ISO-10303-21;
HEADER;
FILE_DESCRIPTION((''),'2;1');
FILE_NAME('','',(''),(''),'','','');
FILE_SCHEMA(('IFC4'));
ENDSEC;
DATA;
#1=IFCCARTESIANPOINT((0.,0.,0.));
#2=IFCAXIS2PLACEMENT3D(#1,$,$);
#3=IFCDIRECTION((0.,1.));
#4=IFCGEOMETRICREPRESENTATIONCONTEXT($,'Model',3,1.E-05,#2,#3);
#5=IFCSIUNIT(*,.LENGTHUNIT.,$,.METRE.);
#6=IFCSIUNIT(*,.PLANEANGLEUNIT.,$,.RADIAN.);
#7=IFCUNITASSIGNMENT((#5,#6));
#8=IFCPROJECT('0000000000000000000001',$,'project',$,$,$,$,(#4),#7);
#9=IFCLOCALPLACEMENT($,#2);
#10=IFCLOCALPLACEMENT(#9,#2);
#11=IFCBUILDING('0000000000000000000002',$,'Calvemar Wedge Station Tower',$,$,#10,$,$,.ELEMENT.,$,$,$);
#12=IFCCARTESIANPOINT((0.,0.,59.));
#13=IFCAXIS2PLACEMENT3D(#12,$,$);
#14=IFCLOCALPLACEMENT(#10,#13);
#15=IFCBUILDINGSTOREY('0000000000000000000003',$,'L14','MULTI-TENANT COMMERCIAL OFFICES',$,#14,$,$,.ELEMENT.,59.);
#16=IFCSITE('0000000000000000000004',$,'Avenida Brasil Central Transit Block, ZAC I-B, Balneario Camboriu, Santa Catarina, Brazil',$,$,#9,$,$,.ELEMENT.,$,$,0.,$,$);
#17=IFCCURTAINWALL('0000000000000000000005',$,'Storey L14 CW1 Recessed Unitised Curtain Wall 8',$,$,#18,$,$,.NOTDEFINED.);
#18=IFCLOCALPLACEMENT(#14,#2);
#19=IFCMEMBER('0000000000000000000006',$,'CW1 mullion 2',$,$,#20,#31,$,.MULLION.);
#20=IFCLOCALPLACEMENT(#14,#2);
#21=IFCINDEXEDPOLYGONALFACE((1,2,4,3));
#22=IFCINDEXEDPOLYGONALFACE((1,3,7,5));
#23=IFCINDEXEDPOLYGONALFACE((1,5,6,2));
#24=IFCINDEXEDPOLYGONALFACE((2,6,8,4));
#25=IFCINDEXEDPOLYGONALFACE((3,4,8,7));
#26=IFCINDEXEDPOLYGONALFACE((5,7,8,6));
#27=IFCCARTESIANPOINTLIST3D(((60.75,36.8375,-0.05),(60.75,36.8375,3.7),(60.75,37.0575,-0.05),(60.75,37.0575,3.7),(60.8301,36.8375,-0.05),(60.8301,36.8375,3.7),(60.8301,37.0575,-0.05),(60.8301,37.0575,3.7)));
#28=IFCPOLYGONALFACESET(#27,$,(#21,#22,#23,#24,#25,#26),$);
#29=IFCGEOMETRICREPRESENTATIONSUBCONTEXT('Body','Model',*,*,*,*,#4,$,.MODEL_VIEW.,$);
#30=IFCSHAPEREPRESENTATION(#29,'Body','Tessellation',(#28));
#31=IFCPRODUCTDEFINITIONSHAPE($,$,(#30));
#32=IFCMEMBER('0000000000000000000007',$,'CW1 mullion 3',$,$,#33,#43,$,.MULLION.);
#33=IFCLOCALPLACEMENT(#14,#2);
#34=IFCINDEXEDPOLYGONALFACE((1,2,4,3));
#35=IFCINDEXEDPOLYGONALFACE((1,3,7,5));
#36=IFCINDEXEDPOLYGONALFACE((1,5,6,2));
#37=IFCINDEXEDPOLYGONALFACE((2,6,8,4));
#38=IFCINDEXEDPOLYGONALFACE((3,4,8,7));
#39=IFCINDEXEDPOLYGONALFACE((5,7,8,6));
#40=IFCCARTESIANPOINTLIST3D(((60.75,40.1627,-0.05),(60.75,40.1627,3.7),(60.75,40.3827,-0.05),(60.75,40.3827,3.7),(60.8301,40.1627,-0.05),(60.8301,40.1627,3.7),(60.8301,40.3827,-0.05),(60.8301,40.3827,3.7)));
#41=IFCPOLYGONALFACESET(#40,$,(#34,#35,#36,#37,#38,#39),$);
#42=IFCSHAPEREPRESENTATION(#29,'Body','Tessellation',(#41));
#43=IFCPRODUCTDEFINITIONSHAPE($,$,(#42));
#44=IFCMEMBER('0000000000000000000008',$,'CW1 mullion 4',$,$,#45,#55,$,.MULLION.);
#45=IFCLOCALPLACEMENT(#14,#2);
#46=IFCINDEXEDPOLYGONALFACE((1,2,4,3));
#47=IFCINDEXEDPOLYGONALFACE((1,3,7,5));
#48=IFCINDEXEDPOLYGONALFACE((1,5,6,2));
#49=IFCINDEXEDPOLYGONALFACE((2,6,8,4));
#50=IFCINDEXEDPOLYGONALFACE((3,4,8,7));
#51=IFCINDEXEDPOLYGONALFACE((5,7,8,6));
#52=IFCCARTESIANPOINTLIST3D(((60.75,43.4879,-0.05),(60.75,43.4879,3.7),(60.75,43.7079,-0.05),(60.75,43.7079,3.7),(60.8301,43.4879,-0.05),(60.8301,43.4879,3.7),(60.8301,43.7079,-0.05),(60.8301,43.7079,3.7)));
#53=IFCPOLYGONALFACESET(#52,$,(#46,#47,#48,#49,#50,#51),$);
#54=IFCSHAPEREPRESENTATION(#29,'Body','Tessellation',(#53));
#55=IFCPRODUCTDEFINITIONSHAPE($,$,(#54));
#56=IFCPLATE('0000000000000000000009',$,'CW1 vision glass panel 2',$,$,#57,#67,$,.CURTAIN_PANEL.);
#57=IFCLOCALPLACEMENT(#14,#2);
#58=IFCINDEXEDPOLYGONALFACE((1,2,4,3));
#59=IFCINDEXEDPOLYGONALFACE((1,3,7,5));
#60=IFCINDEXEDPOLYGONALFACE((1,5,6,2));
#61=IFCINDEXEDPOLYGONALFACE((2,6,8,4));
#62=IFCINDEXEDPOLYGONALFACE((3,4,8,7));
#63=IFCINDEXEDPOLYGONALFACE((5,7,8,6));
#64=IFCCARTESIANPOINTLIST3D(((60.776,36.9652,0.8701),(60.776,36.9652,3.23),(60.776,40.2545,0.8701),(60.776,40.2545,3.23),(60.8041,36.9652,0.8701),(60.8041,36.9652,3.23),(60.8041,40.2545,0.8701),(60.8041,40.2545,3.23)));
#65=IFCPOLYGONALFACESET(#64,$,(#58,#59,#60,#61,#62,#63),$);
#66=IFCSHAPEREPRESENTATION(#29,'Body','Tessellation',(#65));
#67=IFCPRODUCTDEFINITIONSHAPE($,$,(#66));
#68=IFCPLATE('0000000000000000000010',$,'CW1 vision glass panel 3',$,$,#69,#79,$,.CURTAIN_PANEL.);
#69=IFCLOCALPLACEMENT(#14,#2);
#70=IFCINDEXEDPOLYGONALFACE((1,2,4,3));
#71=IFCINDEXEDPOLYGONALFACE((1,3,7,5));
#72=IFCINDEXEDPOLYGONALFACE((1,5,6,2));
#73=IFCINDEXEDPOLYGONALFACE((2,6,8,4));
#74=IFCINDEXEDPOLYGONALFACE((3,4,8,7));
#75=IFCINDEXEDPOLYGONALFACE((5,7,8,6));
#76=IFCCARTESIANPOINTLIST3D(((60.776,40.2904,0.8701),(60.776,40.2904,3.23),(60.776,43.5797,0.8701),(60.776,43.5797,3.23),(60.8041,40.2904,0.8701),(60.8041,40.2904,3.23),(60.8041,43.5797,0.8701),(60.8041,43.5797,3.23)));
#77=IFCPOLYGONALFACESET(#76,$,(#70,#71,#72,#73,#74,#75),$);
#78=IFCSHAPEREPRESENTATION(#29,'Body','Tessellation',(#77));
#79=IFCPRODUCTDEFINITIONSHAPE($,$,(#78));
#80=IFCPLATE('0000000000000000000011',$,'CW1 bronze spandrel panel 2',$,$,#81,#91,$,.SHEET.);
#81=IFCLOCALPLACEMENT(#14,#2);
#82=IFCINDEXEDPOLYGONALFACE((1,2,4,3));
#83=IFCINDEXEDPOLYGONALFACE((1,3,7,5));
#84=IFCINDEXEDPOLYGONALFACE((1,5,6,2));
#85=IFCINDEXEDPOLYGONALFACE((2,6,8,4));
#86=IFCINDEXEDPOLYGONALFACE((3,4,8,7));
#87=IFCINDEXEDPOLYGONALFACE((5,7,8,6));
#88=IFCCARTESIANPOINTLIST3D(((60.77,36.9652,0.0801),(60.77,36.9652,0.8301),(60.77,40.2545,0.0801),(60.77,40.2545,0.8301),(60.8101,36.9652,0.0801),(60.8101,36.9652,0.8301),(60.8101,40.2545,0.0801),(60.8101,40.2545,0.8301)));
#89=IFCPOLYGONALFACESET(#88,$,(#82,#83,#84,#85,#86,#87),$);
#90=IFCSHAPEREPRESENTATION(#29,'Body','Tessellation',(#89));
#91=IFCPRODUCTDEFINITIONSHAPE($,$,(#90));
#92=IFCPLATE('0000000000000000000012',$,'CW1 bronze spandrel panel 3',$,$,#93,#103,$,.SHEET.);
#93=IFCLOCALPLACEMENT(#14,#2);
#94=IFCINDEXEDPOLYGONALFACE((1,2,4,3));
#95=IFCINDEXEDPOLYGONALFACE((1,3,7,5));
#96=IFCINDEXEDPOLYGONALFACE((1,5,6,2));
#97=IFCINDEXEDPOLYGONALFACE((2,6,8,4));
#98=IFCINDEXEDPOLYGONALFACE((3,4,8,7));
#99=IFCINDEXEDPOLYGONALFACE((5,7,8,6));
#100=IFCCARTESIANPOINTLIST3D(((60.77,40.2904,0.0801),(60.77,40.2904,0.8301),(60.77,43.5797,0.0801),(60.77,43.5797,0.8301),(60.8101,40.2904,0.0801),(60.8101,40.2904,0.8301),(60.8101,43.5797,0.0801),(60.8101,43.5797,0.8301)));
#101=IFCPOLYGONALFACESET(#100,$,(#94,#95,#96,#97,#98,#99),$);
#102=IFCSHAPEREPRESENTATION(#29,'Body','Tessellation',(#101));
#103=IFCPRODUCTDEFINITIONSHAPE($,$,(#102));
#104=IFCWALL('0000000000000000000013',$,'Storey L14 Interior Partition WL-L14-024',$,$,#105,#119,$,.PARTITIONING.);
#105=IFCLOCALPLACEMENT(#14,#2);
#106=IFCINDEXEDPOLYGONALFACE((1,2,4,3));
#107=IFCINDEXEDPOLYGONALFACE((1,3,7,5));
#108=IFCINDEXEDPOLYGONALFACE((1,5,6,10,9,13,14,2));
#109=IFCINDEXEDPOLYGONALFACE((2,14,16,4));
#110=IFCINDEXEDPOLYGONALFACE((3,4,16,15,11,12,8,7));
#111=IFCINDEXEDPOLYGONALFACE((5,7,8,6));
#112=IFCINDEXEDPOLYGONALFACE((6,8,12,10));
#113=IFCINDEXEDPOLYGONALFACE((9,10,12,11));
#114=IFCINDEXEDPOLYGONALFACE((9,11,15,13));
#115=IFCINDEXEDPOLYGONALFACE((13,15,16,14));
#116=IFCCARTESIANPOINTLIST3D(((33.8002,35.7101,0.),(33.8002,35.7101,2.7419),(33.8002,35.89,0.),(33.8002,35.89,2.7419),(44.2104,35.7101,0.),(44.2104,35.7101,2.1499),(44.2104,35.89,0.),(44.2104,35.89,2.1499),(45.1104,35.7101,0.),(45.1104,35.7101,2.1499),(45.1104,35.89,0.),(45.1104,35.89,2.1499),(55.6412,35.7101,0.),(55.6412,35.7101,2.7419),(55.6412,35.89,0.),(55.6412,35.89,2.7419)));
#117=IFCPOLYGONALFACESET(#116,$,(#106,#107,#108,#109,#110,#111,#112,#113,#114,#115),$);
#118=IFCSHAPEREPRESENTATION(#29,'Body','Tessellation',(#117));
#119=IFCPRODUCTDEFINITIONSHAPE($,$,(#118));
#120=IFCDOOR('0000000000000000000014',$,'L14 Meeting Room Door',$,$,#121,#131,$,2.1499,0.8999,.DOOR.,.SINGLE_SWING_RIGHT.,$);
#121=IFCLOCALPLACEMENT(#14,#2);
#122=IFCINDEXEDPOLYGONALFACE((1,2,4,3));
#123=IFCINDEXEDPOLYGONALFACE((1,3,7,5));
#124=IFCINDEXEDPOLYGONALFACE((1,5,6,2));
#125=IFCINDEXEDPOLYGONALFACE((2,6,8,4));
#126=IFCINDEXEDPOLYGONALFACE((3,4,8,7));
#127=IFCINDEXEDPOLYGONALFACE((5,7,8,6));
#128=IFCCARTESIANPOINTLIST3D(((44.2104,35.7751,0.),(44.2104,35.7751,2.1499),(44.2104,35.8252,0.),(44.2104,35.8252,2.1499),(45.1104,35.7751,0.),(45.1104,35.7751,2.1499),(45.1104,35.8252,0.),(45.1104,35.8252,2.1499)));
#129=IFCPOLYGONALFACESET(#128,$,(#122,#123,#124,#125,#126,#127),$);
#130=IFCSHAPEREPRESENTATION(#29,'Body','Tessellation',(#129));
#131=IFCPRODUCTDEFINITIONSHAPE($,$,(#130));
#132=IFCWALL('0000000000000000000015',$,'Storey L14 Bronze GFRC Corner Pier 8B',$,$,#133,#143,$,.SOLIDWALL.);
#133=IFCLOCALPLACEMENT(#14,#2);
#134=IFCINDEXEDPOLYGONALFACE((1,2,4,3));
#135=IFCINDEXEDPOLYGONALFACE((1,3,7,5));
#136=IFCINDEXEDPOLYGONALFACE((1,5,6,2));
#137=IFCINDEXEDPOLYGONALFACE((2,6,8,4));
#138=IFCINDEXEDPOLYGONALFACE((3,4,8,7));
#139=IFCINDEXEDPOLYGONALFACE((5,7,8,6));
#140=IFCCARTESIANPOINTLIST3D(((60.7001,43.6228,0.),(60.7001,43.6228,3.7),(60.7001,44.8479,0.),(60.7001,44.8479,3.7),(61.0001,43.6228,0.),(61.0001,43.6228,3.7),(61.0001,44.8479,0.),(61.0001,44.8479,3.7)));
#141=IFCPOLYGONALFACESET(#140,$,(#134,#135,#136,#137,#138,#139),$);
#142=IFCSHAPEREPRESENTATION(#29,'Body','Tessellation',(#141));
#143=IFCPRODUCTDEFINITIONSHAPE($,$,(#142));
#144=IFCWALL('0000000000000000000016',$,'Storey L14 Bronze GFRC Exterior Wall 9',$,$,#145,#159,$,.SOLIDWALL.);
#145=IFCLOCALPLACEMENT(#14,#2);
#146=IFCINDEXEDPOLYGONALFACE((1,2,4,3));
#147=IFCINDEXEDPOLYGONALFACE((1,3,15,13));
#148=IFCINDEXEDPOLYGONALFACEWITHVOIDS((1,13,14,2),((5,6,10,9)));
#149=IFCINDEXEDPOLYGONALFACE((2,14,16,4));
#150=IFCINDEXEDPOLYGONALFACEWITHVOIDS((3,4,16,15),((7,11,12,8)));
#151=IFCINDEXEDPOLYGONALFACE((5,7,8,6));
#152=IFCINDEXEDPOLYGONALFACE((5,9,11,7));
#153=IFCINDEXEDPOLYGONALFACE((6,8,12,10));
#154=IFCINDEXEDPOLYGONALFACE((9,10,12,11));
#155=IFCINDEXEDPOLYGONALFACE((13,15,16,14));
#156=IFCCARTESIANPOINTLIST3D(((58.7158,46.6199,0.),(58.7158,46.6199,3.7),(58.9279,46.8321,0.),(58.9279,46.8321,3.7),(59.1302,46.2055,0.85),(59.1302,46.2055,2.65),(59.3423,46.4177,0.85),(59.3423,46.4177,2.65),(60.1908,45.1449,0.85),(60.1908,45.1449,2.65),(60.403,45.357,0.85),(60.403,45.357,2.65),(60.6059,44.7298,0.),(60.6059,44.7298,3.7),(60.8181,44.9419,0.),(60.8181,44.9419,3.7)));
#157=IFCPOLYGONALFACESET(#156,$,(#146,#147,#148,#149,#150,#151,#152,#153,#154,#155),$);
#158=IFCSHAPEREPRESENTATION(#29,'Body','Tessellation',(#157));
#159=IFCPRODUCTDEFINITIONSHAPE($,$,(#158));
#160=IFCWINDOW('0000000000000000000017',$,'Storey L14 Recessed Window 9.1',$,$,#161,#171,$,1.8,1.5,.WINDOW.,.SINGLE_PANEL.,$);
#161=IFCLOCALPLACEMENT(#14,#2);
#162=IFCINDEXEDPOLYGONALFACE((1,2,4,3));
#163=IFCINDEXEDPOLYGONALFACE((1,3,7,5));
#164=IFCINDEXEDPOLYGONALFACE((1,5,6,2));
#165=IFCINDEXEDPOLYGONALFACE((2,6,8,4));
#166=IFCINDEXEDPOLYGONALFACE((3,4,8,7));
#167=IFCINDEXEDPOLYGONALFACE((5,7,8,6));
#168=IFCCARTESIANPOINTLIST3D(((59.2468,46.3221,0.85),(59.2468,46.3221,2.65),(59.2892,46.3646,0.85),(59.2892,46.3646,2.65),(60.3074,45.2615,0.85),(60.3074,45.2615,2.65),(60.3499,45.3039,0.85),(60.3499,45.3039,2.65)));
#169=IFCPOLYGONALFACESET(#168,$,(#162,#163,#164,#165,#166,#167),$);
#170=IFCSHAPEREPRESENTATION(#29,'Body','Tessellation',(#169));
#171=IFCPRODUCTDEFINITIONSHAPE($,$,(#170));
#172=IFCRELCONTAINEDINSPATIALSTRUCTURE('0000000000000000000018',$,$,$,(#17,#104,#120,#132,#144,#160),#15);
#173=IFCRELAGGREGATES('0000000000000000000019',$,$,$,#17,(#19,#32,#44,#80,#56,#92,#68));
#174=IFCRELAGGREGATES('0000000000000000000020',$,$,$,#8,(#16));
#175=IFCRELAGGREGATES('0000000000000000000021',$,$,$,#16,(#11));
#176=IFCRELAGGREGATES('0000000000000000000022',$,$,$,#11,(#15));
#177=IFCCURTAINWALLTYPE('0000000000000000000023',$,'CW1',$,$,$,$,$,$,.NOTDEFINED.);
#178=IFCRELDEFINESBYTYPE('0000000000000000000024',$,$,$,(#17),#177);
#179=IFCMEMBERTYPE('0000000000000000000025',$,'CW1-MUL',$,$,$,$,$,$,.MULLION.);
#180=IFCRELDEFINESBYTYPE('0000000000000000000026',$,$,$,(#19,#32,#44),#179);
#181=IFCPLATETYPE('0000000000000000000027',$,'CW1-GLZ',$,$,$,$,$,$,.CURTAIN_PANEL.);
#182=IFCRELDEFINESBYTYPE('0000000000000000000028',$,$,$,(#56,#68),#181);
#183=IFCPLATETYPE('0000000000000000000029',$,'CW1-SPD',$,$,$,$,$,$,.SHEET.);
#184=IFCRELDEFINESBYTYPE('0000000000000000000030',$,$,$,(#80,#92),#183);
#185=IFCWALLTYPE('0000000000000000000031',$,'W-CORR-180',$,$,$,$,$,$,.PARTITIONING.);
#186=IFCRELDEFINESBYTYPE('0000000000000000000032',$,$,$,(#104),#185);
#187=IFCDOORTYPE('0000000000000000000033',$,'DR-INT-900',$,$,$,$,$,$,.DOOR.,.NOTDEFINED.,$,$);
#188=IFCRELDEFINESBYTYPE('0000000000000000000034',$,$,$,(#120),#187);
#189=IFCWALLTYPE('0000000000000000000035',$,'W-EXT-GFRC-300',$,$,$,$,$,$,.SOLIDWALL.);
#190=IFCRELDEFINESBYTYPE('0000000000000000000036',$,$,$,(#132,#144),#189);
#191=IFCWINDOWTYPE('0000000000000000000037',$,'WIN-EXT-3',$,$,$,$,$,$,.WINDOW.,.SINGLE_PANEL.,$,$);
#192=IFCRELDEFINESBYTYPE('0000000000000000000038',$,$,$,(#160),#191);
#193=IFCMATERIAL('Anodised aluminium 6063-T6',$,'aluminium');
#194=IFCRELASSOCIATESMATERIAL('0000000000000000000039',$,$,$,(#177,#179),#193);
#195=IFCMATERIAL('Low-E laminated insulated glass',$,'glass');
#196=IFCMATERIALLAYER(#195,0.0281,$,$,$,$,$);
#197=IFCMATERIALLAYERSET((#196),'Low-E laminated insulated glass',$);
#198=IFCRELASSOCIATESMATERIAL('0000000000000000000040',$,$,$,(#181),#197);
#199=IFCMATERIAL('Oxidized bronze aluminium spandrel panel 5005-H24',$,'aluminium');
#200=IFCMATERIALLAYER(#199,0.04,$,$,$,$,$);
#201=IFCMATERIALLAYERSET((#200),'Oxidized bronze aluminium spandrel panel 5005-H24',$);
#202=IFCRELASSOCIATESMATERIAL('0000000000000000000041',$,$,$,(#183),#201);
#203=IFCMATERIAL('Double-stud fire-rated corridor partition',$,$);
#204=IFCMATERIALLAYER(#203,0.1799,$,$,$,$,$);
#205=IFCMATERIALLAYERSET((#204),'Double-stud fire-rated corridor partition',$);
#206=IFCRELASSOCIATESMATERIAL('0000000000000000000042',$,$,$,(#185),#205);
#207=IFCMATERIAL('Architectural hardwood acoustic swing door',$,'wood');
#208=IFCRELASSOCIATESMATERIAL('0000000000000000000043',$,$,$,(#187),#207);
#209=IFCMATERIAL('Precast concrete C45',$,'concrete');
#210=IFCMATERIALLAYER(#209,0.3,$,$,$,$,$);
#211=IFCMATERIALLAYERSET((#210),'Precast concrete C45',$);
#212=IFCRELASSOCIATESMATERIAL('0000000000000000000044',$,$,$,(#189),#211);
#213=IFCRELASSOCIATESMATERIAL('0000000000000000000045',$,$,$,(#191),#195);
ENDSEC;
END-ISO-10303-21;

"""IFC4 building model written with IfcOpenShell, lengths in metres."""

from ifc_helpers import new_model, si_unit, direction, frame, frame_2d, origin, origin_2d, place, context, subcontext, project, spatial, rectangle, extrude, source, transform, mapped, material, layer, layer_set, material_profile, profile_set, type_object, element, fill, aggregate, save


model = new_model("IFC4")

# Units and contexts
model_context = context("Model", 3, precision=1e-05, world=origin(), true_north=direction((0.0, 1.0)))
body_context = subcontext(model_context, "Body", "Model", "MODEL_VIEW")
ifc_project = project(units=[si_unit("LENGTHUNIT", "METRE"), si_unit("PLANEANGLEUNIT", "RADIAN")], contexts=[model_context])

# Site, building, storey
site_placement = place(None, origin())
site = spatial("IfcSite", under=ifc_project, at=site_placement, Name="Avenida Brasil Central Transit Block, ZAC I-B, Balneario Camboriu, Santa Catarina, Brazil", CompositionType="ELEMENT", RefElevation=0.0)
building_placement = place(site_placement, origin())
building = spatial("IfcBuilding", under=site, at=building_placement, Name="Calvemar Wedge Station Tower", CompositionType="ELEMENT")
storey_placement = place(building_placement, frame((0.0, 0.0, 59.0)))
storey = spatial("IfcBuildingStorey", under=building, at=storey_placement, Name="L14", Description="MULTI-TENANT COMMERCIAL OFFICES", CompositionType="ELEMENT", Elevation=59.0)

# Curtain wall, members, plates
ifc_material_1 = material(Name="Anodised aluminium 6063-T6", Category="aluminium")
curtain_wall_type = type_object("IfcCurtainWallType", Name="CW1", PredefinedType="NOTDEFINED", material=ifc_material_1)
curtain_wall_placement = place(storey_placement, origin())
curtain_wall = element("IfcCurtainWall", 1, at=curtain_wall_placement, inside=storey, type_object=curtain_wall_type, Name="Storey L14 CW1 Recessed Unitised Curtain Wall 8", PredefinedType="NOTDEFINED")
ifc_material_profile = material_profile(ifc_material_1, rectangle(XDim=0.0801, YDim=0.22, at=origin_2d()), Name="AL-MUL-80x220")
ifc_profile_set = profile_set([ifc_material_profile], Name="Anodised aluminium 6063-T6")
member_type = type_object("IfcMemberType", Name="CW1-MUL", PredefinedType="MULLION", material=ifc_profile_set)
shared_shape_1 = source(origin(), body_context, "Body", "SweptSolid", [
    extrude(rectangle(XDim=0.0801, YDim=0.22, at=origin_2d()), origin(), (0.0, 0.0, 1.0), 3.75),
])
member_1_placement = place(storey_placement, frame((60.79, 36.9475, -0.05), z_axis=(0.0, 0.0, 1.0), x_axis=(1.0, 0.0, 0.0)))
member_1 = element("IfcMember", 2, at=member_1_placement, type_object=member_type, Name="CW1 mullion 2", PredefinedType="MULLION", context=body_context, shape_type="MappedRepresentation", body=[
    mapped(shared_shape_1, transform((0.0, 0.0, 0.0), scale=1.0)),
])
member_2_placement = place(storey_placement, frame((60.79, 40.2727, -0.05), z_axis=(0.0, 0.0, 1.0), x_axis=(1.0, 0.0, 0.0)))
member_2 = element("IfcMember", 3, at=member_2_placement, type_object=member_type, Name="CW1 mullion 3", PredefinedType="MULLION", context=body_context, shape_type="MappedRepresentation", body=[
    mapped(shared_shape_1, transform((0.0, 0.0, 0.0), scale=1.0)),
])
member_3_placement = place(storey_placement, frame((60.79, 43.5979, -0.05), z_axis=(0.0, 0.0, 1.0), x_axis=(1.0, 0.0, 0.0)))
member_3 = element("IfcMember", 4, at=member_3_placement, type_object=member_type, Name="CW1 mullion 4", PredefinedType="MULLION", context=body_context, shape_type="MappedRepresentation", body=[
    mapped(shared_shape_1, transform((0.0, 0.0, 0.0), scale=1.0)),
])
ifc_material_2 = material(Name="Low-E laminated insulated glass", Category="glass")
ifc_layer_1 = layer(ifc_material_2, 0.0281)
ifc_layer_set_1 = layer_set([ifc_layer_1], Name="Low-E laminated insulated glass")
plate_type_1 = type_object("IfcPlateType", Name="CW1-GLZ", PredefinedType="CURTAIN_PANEL", material=ifc_layer_set_1)
plate_1_placement = place(storey_placement, frame((60.79, 36.9653, 0.8701), z_axis=(0.0, 0.0, 1.0), x_axis=(0.0, 1.0, 0.0)))
plate_1 = element("IfcPlate", 5, at=plate_1_placement, type_object=plate_type_1, Name="CW1 vision glass panel 2", PredefinedType="CURTAIN_PANEL", context=body_context, shape_type="SweptSolid", body=[
    extrude(rectangle(XDim=3.2893, YDim=0.0281, at=frame_2d((1.6445, 0.0))), origin(), (0.0, 0.0, 1.0), 2.3599),
])
plate_2_placement = place(storey_placement, frame((60.79, 40.2905, 0.8701), z_axis=(0.0, 0.0, 1.0), x_axis=(0.0, 1.0, 0.0)))
plate_2 = element("IfcPlate", 6, at=plate_2_placement, type_object=plate_type_1, Name="CW1 vision glass panel 3", PredefinedType="CURTAIN_PANEL", context=body_context, shape_type="SweptSolid", body=[
    extrude(rectangle(XDim=3.2893, YDim=0.0281, at=frame_2d((1.6445, 0.0))), origin(), (0.0, 0.0, 1.0), 2.3599),
])
ifc_material_3 = material(Name="Oxidized bronze aluminium spandrel panel 5005-H24", Category="aluminium")
ifc_layer_2 = layer(ifc_material_3, 0.04)
ifc_layer_set_2 = layer_set([ifc_layer_2], Name="Oxidized bronze aluminium spandrel panel 5005-H24")
plate_type_2 = type_object("IfcPlateType", Name="CW1-SPD", PredefinedType="SHEET", material=ifc_layer_set_2)
plate_3_placement = place(storey_placement, frame((60.79, 36.9653, 0.0801), z_axis=(0.0, 0.0, 1.0), x_axis=(0.0, 1.0, 0.0)))
plate_3 = element("IfcPlate", 7, at=plate_3_placement, type_object=plate_type_2, Name="CW1 bronze spandrel panel 2", PredefinedType="SHEET", context=body_context, shape_type="SweptSolid", body=[
    extrude(rectangle(XDim=3.2893, YDim=0.04, at=frame_2d((1.6445, 0.0))), origin(), (0.0, 0.0, 1.0), 0.75),
])
plate_4_placement = place(storey_placement, frame((60.79, 40.2905, 0.0801), z_axis=(0.0, 0.0, 1.0), x_axis=(0.0, 1.0, 0.0)))
plate_4 = element("IfcPlate", 8, at=plate_4_placement, type_object=plate_type_2, Name="CW1 bronze spandrel panel 3", PredefinedType="SHEET", context=body_context, shape_type="SweptSolid", body=[
    extrude(rectangle(XDim=3.2893, YDim=0.04, at=frame_2d((1.6445, 0.0))), origin(), (0.0, 0.0, 1.0), 0.75),
])
aggregate(curtain_wall, [member_1, member_2, member_3, plate_3, plate_1, plate_4, plate_2])

# Wall, opening, door
ifc_material_4 = material(Name="Double-stud fire-rated corridor partition")
ifc_layer_3 = layer(ifc_material_4, 0.1799)
ifc_layer_set_3 = layer_set([ifc_layer_3], Name="Double-stud fire-rated corridor partition")
wall_type_1 = type_object("IfcWallType", Name="W-CORR-180", PredefinedType="PARTITIONING", material=ifc_layer_set_3)
shared_shape_2 = source(origin(), body_context, "Body", "SweptSolid", [
    extrude(rectangle(XDim=0.8999, YDim=2.1499, at=frame_2d((0.45, 1.075))), frame((0.0, 0.1001, 0.0), z_axis=(0.0, -1.0, 0.0), x_axis=(1.0, 0.0, 0.0)), (0.0, 0.0, 1.0), 0.2),
])
ifc_material_5 = material(Name="Architectural hardwood acoustic swing door", Category="wood")
door_type = type_object("IfcDoorType", Name="DR-INT-900", OperationType="NOTDEFINED", PredefinedType="DOOR", material=ifc_material_5)
shared_shape_3 = source(origin(), body_context, "Body", "SweptSolid", [
    extrude(rectangle(XDim=0.8999, YDim=2.1499, at=frame_2d((0.45, 1.075))), frame((0.0, 0.0249, 0.0), z_axis=(0.0, -1.0, 0.0), x_axis=(1.0, 0.0, 0.0)), (0.0, 0.0, 1.0), 0.05),
])
wall_1_placement = place(storey_placement, frame((55.6411, 35.8, 0.0), z_axis=(0.0, 0.0, 1.0), x_axis=(-1.0, 0.0, 0.0)))
wall_1 = element("IfcWall", 9, at=wall_1_placement, inside=storey, type_object=wall_type_1, Name="Storey L14 Interior Partition WL-L14-024", PredefinedType="PARTITIONING", context=body_context, shape_type="SweptSolid", body=[
    extrude(rectangle(XDim=21.8411, YDim=0.1799, at=frame_2d((10.9204, 0.0))), origin(), (0.0, 0.0, 1.0), 2.7419),
])
opening_1_placement = place(wall_1_placement, frame((10.5308, 0.0, 0.0)))
opening_1 = element("IfcOpeningElement", 10, at=opening_1_placement, cuts=wall_1, PredefinedType="OPENING", context=body_context, shape_type="MappedRepresentation", body=[
    mapped(shared_shape_2, transform((0.0, 0.0, 0.0), scale=1.0)),
])
door_1_placement = place(opening_1_placement, origin())
door_1 = element("IfcDoor", 11, at=door_1_placement, inside=storey, type_object=door_type, Name="L14 Meeting Room Door", OperationType="SINGLE_SWING_RIGHT", OverallHeight=2.1499, OverallWidth=0.8999, PredefinedType="DOOR", context=body_context, shape_type="MappedRepresentation", body=[
    mapped(shared_shape_3, transform((0.0, 0.0, 0.0), scale=1.0)),
])
fill(opening_1, door_1)

# Wall
ifc_material_6 = material(Name="Precast concrete C45", Category="concrete")
ifc_layer_4 = layer(ifc_material_6, 0.3)
ifc_layer_set_4 = layer_set([ifc_layer_4], Name="Precast concrete C45")
wall_type_2 = type_object("IfcWallType", Name="W-EXT-GFRC-300", PredefinedType="SOLIDWALL", material=ifc_layer_set_4)
wall_2_placement = place(storey_placement, frame((60.8501, 43.6228, 0.0), z_axis=(0.0, 0.0, 1.0), x_axis=(0.0, 1.0, 0.0)))
element("IfcWall", 12, at=wall_2_placement, inside=storey, type_object=wall_type_2, Name="Storey L14 Bronze GFRC Corner Pier 8B", PredefinedType="SOLIDWALL", context=body_context, shape_type="SweptSolid", body=[
    extrude(rectangle(XDim=1.2251, YDim=0.3, at=frame_2d((0.6125, 0.0))), origin(), (0.0, 0.0, 1.0), 3.7),
])

# Wall, opening, window
wall_3_placement = place(storey_placement, frame((60.7119, 44.8359, 0.0), z_axis=(0.0, 0.0, 1.0), x_axis=(-0.707107, 0.707107, 0.0)))
wall_3 = element("IfcWall", 13, at=wall_3_placement, inside=storey, type_object=wall_type_2, Name="Storey L14 Bronze GFRC Exterior Wall 9", PredefinedType="SOLIDWALL", context=body_context, shape_type="SweptSolid", body=[
    extrude(rectangle(XDim=2.6731, YDim=0.3, at=frame_2d((1.3364, 0.0))), origin(), (0.0, 0.0, 1.0), 3.7),
])
shared_shape_4 = source(origin(), body_context, "Body", "SweptSolid", [
    extrude(rectangle(XDim=1.5, YDim=1.8, at=frame_2d((0.75, 0.8999))), frame((0.0, 0.1602, 0.0), z_axis=(0.0, -1.0, 0.0), x_axis=(1.0, 0.0, 0.0)), (0.0, 0.0, 1.0), 0.3201),
])
opening_2_placement = place(wall_3_placement, frame((0.5869, 0.0, 0.8501)))
opening_2 = element("IfcOpeningElement", 14, at=opening_2_placement, cuts=wall_3, PredefinedType="OPENING", context=body_context, shape_type="MappedRepresentation", body=[
    mapped(shared_shape_4, transform((0.0, 0.0, 0.0), scale=1.0)),
])
window_type_1 = type_object("IfcWindowType", Name="WIN-EXT-3", PartitioningType="SINGLE_PANEL", PredefinedType="WINDOW", material=ifc_material_2)
shared_shape_5 = source(origin(), body_context, "Body", "SweptSolid", [
    extrude(rectangle(XDim=1.5, YDim=1.8, at=frame_2d((0.75, 0.8999))), frame((0.0, -0.0149, 0.0), z_axis=(0.0, -1.0, 0.0), x_axis=(1.0, 0.0, 0.0)), (0.0, 0.0, 1.0), 0.0601),
])
window_1_placement = place(opening_2_placement, origin())
window_1 = element("IfcWindow", 15, at=window_1_placement, inside=storey, type_object=window_type_1, Name="Storey L14 Recessed Window 9.1", OverallHeight=1.8, OverallWidth=1.5, PartitioningType="SINGLE_PANEL", PredefinedType="WINDOW", context=body_context, shape_type="MappedRepresentation", body=[
    mapped(shared_shape_5, transform((0.0, 0.0, 0.0), scale=1.0)),
])
fill(opening_2, window_1)

save(model, "model.ifc")
